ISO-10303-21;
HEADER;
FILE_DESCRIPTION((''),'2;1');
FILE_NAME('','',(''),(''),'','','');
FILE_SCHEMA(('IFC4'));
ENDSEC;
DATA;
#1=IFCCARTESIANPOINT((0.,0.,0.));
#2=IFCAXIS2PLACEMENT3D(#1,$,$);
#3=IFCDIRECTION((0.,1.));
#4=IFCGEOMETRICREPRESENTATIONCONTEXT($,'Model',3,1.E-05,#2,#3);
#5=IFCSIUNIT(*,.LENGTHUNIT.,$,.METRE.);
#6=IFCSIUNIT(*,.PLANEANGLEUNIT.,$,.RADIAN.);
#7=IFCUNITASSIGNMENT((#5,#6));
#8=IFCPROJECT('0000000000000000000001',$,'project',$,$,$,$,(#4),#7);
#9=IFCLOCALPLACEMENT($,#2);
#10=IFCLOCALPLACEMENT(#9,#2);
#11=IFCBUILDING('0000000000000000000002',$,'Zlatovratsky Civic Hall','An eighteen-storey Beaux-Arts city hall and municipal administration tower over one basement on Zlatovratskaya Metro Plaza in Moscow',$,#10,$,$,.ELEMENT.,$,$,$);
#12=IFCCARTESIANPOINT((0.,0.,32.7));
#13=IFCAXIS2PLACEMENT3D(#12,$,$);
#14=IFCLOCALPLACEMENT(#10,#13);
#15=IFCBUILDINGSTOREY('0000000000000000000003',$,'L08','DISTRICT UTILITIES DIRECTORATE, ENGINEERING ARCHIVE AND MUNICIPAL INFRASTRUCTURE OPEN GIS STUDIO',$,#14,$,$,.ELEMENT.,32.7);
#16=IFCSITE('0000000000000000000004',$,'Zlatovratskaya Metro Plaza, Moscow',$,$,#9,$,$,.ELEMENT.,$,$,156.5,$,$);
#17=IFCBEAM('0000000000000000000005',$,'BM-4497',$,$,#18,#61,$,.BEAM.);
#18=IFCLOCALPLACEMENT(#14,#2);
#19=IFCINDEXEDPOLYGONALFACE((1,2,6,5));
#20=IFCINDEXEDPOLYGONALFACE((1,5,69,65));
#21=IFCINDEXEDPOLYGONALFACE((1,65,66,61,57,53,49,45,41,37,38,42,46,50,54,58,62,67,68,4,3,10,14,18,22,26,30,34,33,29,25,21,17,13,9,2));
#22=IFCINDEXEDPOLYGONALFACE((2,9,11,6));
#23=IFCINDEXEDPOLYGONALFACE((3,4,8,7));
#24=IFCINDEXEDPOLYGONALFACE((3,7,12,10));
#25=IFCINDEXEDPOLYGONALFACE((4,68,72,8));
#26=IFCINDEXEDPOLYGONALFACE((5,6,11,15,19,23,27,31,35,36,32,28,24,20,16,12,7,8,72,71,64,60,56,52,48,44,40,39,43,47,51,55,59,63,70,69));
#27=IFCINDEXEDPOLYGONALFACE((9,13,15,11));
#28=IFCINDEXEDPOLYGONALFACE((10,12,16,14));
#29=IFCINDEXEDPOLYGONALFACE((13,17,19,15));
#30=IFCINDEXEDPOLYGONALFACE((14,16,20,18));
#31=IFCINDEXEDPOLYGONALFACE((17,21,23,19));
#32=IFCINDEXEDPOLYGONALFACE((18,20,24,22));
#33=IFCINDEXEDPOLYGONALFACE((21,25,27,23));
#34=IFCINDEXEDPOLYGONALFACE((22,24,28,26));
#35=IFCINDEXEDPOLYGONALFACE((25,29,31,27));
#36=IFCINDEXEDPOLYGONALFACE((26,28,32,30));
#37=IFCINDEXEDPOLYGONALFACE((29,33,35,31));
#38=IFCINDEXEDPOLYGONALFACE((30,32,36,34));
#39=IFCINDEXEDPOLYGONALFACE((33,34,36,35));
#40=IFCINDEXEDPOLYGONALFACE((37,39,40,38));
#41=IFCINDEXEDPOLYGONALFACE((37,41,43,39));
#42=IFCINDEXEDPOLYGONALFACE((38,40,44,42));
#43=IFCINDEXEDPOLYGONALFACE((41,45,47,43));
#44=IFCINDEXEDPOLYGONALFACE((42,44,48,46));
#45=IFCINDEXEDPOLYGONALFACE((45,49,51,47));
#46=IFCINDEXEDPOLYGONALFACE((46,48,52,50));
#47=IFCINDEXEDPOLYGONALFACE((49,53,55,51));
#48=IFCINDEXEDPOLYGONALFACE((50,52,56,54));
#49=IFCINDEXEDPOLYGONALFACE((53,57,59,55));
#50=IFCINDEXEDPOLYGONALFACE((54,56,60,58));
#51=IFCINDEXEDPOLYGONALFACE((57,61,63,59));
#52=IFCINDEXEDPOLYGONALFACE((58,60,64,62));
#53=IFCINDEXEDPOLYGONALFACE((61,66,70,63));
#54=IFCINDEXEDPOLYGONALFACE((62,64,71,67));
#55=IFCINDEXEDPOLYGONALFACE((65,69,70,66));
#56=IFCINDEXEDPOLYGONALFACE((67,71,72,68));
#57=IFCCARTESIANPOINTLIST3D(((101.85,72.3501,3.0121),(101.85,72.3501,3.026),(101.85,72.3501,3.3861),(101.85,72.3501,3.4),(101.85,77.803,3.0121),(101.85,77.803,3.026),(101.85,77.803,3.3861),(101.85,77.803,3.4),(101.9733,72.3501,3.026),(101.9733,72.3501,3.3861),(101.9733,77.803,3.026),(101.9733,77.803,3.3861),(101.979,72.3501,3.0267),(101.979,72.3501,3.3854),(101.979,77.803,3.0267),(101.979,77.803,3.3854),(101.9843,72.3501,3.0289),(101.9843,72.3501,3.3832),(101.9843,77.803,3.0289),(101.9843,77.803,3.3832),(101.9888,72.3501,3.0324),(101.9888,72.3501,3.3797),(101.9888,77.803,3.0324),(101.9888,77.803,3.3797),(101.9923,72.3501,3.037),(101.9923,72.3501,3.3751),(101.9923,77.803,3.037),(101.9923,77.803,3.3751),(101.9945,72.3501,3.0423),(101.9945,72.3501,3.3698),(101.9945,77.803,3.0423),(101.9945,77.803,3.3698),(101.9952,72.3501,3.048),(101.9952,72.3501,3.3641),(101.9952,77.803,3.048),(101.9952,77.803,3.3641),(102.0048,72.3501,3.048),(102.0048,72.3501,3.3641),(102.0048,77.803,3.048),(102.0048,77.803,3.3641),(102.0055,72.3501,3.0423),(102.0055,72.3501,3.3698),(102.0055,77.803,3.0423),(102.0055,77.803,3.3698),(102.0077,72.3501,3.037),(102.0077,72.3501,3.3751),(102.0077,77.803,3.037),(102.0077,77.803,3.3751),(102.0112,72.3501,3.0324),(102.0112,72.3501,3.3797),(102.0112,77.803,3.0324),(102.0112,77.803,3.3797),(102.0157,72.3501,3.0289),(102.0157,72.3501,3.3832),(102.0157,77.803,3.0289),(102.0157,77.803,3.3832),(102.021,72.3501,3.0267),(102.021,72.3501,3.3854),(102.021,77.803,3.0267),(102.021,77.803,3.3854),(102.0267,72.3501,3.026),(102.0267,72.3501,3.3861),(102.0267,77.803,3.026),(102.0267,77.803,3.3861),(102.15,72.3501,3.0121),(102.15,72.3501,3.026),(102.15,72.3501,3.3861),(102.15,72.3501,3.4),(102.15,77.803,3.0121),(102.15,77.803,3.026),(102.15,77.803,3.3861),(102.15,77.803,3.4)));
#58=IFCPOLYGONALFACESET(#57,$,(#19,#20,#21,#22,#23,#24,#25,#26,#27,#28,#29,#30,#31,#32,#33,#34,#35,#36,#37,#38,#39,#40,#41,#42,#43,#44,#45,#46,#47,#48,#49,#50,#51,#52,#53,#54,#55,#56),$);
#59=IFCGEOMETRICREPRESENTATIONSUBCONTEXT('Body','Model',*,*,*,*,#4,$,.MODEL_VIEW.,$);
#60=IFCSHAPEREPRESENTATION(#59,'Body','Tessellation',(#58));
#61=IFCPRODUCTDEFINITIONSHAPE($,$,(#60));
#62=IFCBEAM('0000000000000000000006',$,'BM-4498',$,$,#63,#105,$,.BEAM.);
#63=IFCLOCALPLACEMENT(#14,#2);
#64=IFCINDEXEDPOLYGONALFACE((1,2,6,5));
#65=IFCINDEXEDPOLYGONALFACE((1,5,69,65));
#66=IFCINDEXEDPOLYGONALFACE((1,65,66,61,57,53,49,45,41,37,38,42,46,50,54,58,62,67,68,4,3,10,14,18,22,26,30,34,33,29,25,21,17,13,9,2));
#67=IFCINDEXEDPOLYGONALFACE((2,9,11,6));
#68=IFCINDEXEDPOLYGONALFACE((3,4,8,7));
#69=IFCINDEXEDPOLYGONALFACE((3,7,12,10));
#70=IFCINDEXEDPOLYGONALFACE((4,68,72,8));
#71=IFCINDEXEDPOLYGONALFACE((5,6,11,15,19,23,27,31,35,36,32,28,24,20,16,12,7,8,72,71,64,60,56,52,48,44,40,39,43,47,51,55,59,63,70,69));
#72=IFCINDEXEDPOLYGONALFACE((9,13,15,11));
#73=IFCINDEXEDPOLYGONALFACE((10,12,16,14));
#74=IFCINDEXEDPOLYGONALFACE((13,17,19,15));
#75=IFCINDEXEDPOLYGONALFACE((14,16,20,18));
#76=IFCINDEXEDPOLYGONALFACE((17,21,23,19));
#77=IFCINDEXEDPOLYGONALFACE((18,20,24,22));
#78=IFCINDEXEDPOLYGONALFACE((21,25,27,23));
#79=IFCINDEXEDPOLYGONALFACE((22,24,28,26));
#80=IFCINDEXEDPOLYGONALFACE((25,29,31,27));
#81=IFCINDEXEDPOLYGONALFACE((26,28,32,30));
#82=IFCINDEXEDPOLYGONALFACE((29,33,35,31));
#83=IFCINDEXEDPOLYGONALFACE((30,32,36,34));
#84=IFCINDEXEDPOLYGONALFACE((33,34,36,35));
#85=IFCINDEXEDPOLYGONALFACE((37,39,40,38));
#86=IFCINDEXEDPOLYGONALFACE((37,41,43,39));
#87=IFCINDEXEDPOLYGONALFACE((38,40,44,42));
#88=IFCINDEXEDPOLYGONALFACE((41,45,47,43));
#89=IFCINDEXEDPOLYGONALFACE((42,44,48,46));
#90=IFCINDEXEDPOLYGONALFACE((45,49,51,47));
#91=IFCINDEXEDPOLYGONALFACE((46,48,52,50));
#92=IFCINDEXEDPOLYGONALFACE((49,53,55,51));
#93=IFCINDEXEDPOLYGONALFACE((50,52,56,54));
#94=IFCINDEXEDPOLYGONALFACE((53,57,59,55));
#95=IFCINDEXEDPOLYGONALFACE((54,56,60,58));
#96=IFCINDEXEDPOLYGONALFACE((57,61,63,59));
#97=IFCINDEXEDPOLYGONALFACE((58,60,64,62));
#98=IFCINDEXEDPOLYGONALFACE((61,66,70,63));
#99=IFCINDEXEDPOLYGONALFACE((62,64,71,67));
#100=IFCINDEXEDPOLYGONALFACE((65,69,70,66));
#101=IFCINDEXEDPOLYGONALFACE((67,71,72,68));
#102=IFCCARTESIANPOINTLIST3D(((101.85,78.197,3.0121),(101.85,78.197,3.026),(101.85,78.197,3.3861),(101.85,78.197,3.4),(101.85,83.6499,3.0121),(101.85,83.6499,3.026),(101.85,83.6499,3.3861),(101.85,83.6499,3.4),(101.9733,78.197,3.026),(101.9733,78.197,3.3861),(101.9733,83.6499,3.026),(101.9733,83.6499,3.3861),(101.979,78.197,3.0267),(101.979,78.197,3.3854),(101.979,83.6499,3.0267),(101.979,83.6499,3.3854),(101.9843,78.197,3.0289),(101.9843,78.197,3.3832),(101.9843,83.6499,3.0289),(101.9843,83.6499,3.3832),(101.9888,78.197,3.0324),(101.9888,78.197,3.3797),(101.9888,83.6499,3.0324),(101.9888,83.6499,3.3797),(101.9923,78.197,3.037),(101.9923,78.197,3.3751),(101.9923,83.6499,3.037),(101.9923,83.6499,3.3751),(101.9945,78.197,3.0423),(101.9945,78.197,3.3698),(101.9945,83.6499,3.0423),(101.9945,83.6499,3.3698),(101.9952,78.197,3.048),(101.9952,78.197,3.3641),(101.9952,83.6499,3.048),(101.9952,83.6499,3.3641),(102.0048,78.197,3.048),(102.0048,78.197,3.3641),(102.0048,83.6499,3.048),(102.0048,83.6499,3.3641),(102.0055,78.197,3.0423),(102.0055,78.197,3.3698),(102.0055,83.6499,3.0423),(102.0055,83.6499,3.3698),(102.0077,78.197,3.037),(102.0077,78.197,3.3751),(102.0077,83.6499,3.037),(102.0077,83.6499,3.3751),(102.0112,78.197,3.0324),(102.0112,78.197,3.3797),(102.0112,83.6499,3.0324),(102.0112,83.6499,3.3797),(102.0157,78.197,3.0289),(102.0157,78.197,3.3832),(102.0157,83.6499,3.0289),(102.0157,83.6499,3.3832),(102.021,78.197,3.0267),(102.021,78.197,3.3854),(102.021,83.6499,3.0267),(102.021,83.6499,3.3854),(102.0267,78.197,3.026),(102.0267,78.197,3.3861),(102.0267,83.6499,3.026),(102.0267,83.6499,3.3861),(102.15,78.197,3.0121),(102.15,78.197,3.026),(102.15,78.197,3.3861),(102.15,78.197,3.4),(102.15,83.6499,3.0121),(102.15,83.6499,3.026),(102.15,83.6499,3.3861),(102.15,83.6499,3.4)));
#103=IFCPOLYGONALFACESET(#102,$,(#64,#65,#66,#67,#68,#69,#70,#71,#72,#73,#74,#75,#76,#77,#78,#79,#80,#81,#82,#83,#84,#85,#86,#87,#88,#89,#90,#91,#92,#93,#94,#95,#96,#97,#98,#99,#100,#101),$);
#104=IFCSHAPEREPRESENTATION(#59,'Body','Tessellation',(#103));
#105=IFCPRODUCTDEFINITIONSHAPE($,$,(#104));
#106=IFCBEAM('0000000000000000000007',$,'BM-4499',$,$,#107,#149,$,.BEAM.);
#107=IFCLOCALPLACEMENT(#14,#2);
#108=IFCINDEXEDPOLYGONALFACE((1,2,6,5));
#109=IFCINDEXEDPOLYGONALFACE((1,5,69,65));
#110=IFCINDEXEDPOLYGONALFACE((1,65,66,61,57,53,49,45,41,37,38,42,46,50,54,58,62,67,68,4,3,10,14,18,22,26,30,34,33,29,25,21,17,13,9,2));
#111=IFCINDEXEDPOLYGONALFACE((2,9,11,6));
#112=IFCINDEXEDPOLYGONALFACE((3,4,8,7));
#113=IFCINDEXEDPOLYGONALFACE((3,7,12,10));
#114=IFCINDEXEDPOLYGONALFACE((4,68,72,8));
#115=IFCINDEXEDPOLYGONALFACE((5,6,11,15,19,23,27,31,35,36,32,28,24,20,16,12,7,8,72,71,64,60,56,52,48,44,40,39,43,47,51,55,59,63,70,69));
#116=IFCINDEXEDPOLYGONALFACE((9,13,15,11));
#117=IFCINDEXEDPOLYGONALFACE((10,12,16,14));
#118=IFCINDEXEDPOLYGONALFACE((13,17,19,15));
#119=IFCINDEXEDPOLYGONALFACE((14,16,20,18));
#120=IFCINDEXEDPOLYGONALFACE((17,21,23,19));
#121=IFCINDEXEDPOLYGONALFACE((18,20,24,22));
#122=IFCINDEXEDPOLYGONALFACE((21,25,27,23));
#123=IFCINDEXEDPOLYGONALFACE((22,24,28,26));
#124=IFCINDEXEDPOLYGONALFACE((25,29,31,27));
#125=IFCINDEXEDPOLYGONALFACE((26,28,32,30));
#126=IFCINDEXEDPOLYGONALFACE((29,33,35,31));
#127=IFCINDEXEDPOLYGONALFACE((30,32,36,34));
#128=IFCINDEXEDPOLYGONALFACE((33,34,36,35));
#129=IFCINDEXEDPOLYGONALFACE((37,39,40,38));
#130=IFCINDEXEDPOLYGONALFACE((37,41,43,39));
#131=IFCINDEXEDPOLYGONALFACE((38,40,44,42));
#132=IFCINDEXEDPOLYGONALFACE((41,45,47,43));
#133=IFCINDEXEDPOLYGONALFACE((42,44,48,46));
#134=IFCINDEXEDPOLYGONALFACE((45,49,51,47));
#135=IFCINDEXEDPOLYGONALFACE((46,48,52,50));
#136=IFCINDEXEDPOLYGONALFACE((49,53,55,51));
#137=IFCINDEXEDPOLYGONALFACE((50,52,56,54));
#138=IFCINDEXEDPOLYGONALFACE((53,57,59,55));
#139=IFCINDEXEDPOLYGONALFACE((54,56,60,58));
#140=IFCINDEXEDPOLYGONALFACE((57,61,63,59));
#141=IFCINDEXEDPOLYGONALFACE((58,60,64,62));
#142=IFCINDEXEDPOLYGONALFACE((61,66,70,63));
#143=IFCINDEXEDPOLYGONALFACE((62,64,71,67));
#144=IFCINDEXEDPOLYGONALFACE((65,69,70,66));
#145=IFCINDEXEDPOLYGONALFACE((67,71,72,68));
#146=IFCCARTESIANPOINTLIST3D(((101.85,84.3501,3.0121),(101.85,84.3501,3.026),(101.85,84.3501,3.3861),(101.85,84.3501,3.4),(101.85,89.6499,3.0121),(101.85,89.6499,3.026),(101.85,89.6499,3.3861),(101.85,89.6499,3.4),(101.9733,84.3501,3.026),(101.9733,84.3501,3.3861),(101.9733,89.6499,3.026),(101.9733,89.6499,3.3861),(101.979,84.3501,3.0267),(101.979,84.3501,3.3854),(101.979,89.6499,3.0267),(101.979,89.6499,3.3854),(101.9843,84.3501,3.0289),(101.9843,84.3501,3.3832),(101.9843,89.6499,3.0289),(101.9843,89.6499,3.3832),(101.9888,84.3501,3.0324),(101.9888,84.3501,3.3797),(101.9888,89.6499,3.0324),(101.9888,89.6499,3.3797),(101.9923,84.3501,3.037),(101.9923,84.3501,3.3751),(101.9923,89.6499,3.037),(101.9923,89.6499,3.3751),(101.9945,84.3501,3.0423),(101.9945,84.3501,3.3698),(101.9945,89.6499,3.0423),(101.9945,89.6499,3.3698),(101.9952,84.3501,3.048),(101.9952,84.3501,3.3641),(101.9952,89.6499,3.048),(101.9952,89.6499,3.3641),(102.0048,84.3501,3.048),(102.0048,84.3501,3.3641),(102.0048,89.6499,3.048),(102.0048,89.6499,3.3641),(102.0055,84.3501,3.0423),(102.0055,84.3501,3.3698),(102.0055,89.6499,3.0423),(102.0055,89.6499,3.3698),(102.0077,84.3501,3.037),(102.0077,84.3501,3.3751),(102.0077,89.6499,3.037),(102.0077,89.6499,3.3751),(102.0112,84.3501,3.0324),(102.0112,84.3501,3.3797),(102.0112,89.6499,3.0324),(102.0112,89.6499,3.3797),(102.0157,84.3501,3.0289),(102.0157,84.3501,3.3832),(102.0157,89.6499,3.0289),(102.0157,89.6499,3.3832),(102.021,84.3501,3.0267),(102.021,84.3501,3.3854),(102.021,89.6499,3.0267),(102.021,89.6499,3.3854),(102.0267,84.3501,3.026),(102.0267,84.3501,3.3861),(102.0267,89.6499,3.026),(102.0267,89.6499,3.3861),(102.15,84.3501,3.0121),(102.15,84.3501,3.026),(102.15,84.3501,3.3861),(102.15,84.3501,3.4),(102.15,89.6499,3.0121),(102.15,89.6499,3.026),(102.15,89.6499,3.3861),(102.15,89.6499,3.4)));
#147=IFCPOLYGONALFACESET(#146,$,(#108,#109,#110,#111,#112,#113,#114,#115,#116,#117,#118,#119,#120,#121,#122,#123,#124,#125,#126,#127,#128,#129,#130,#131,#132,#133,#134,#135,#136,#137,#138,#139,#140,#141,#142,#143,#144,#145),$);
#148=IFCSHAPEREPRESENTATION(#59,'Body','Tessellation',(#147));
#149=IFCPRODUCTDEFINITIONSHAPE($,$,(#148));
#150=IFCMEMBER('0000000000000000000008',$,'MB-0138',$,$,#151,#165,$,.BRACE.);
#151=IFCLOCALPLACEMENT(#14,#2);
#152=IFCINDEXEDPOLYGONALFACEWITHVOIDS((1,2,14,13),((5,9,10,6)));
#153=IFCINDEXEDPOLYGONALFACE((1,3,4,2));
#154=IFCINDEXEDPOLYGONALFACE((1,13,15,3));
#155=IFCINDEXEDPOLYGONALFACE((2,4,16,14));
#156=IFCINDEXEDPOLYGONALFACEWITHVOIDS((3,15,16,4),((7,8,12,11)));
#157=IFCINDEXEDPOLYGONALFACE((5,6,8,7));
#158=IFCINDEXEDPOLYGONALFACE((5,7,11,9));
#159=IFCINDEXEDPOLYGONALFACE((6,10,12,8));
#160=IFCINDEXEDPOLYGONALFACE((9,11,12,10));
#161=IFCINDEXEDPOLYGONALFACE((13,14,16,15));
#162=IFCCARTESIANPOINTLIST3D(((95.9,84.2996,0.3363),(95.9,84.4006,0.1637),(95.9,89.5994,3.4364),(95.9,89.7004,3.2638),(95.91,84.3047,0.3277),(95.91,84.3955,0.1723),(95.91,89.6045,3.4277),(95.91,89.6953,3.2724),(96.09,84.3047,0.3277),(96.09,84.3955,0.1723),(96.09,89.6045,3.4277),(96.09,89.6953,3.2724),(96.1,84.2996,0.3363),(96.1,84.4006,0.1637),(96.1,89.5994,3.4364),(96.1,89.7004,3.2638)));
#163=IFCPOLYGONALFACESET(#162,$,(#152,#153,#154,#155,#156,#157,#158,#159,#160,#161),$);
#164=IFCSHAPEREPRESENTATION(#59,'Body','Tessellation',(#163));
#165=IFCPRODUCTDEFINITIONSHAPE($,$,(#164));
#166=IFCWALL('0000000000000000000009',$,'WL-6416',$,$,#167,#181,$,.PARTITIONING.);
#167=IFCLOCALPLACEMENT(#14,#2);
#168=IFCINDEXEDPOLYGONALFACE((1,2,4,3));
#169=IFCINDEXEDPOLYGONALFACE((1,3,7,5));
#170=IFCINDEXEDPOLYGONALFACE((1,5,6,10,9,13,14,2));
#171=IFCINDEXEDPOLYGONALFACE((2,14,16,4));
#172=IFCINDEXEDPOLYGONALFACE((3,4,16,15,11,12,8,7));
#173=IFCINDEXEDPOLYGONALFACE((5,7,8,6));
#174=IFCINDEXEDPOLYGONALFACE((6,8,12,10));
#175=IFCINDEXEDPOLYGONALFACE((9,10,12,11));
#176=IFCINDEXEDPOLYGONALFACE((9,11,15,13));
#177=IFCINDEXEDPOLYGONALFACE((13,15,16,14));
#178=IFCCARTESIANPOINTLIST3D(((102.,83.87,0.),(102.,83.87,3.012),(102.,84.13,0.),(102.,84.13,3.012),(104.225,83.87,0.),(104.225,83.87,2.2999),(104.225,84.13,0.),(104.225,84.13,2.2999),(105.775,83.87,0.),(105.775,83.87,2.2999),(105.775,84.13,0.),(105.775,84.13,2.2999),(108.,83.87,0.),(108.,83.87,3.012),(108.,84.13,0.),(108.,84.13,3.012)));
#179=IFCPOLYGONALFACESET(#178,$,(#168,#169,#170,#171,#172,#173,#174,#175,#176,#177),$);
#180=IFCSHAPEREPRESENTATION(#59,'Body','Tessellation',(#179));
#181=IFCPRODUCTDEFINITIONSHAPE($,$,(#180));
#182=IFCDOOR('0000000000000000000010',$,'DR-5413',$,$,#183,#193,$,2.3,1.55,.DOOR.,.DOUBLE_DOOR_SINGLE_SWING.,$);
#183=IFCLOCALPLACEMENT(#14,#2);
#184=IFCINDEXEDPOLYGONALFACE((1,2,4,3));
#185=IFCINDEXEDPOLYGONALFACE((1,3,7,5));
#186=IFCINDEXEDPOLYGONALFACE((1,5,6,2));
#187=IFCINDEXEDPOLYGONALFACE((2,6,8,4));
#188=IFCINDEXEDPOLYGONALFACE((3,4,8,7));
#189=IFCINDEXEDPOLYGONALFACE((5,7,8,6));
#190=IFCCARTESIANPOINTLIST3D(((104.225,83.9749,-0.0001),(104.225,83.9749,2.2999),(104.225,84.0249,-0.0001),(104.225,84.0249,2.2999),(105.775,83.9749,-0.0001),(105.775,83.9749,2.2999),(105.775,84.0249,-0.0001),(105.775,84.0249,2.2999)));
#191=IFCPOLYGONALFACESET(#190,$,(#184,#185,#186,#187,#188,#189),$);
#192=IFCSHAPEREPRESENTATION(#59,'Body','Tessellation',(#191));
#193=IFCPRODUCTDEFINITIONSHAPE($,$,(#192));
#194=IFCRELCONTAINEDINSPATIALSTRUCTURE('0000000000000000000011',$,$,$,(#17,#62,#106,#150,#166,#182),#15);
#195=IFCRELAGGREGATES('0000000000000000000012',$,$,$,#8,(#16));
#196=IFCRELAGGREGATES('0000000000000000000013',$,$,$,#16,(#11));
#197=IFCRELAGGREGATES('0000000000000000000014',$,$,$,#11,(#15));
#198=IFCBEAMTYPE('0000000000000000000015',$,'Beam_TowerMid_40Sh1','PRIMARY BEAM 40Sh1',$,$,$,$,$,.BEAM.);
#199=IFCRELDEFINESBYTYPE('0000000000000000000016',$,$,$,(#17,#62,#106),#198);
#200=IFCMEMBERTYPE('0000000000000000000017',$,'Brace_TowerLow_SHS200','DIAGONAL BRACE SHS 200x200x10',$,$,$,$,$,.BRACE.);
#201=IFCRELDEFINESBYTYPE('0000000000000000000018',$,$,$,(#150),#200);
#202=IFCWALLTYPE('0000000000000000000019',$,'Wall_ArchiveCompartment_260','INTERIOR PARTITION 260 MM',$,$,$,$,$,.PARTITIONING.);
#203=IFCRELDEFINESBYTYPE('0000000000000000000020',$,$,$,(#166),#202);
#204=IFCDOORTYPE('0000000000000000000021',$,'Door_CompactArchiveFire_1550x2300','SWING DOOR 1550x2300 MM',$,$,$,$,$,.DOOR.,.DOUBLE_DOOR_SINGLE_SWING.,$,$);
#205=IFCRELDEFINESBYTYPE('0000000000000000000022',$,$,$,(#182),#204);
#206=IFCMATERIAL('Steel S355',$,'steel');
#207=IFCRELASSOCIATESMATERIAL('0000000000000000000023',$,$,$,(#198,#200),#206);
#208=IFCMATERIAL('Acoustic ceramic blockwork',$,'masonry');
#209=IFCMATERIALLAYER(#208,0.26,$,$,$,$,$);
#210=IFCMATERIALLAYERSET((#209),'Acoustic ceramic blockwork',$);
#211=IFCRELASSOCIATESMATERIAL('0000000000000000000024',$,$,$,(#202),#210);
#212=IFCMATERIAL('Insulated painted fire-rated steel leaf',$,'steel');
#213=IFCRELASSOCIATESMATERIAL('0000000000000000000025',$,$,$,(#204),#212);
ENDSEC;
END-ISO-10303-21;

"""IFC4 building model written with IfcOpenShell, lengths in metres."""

from ifc_helpers import new_model, si_unit, direction, frame, frame_2d, origin, origin_2d, place, context, subcontext, project, spatial, rectangle, hollow_rectangle, i_section, extrude, material, layer, layer_set, material_profile, profile_set, type_object, element, fill, save


model = new_model("IFC4")

# Units and contexts
model_context = context("Model", 3, precision=1e-05, world=origin(), true_north=direction((0.0, 1.0)))
body_context = subcontext(model_context, "Body", "Model", "MODEL_VIEW")
ifc_project = project(units=[si_unit("LENGTHUNIT", "METRE"), si_unit("PLANEANGLEUNIT", "RADIAN")], contexts=[model_context])

# Site, building, storey
site_placement = place(None, origin())
site = spatial("IfcSite", under=ifc_project, at=site_placement, Name="Zlatovratskaya Metro Plaza, Moscow", CompositionType="ELEMENT", RefElevation=156.5)
building_placement = place(site_placement, origin())
building = spatial("IfcBuilding", under=site, at=building_placement, Name="Zlatovratsky Civic Hall", Description="An eighteen-storey Beaux-Arts city hall and municipal administration tower over one basement on Zlatovratskaya Metro Plaza in Moscow", CompositionType="ELEMENT")
storey_placement = place(building_placement, frame((0.0, 0.0, 32.7)))
storey = spatial("IfcBuildingStorey", under=building, at=storey_placement, Name="L08", Description="DISTRICT UTILITIES DIRECTORATE, ENGINEERING ARCHIVE AND MUNICIPAL INFRASTRUCTURE OPEN GIS STUDIO", CompositionType="ELEMENT", Elevation=32.7)

# Shared definitions
ifc_material_1 = material(Name="Steel S355", Category="steel")

# Beams
ifc_material_profile_1 = material_profile(ifc_material_1, i_section(OverallWidth=0.3, OverallDepth=0.3879, WebThickness=0.0095, FlangeThickness=0.0139, FilletRadius=0.022, at=origin_2d()), Name="40Sh1")
ifc_profile_set_1 = profile_set([ifc_material_profile_1], Name="Steel S355")
beam_type_1 = type_object("IfcBeamType", Name="Beam_TowerMid_40Sh1", Description="PRIMARY BEAM 40Sh1", PredefinedType="BEAM", material=ifc_profile_set_1)
for number, where, z_axis, x_axis, name in (
    (1, (102.0, 72.3501, 3.2061), (0.0, 1.0, 0.0), (-1.0, 0.0, 0.0), "BM-4497"),
    (2, (102.0, 78.197, 3.2061), (0.0, 1.0, 0.0), (-1.0, 0.0, 0.0), "BM-4498"),
):
    element("IfcBeam", number, at=place(storey_placement, frame(where, z_axis=z_axis, x_axis=x_axis)), inside=storey, type_object=beam_type_1, Name=name, PredefinedType="BEAM", context=body_context, shape_type="SweptSolid", body=[
        extrude(i_section(OverallWidth=0.3, OverallDepth=0.3879, WebThickness=0.0095, FlangeThickness=0.0139, FilletRadius=0.022, at=origin_2d()), origin(), (0.0, 0.0, 1.0), 5.4529),
    ])
beam_placement = place(storey_placement, frame((102.0, 84.3501, 3.2061), z_axis=(0.0, 1.0, 0.0), x_axis=(-1.0, 0.0, 0.0)))
element("IfcBeam", 3, at=beam_placement, inside=storey, type_object=beam_type_1, Name="BM-4499", PredefinedType="BEAM", context=body_context, shape_type="SweptSolid", body=[
    extrude(i_section(OverallWidth=0.3, OverallDepth=0.3879, WebThickness=0.0095, FlangeThickness=0.0139, FilletRadius=0.022, at=origin_2d()), origin(), (0.0, 0.0, 1.0), 5.2998),
])

# Member
ifc_material_profile_2 = material_profile(ifc_material_1, hollow_rectangle(XDim=0.2, YDim=0.2, WallThickness=0.01, at=origin_2d()), Name="SHS 200x200x10")
ifc_profile_set_2 = profile_set([ifc_material_profile_2], Name="Steel S355")
member_type = type_object("IfcMemberType", Name="Brace_TowerLow_SHS200", Description="DIAGONAL BRACE SHS 200x200x10", PredefinedType="BRACE", material=ifc_profile_set_2)
member_placement = place(storey_placement, frame((96.0, 84.3501, 0.25), z_axis=(0.0, 0.863173, 0.504909), x_axis=(-1.0, 0.0, 0.0)))
element("IfcMember", 4, at=member_placement, inside=storey, type_object=member_type, Name="MB-0138", PredefinedType="BRACE", context=body_context, shape_type="SweptSolid", body=[
    extrude(hollow_rectangle(XDim=0.2, YDim=0.2, WallThickness=0.01, at=origin_2d()), origin(), (0.0, 0.0, 1.0), 6.1399),
])

# Wall, opening, door
ifc_material_2 = material(Name="Acoustic ceramic blockwork", Category="masonry")
ifc_layer_1 = layer(ifc_material_2, 0.26)
ifc_layer_set_1 = layer_set([ifc_layer_1], Name="Acoustic ceramic blockwork")
wall_type_1 = type_object("IfcWallType", Name="Wall_ArchiveCompartment_260", Description="INTERIOR PARTITION 260 MM", PredefinedType="PARTITIONING", material=ifc_layer_set_1)
wall_1_placement = place(storey_placement, frame((102.0, 84.0, 0.0), z_axis=(0.0, 0.0, 1.0), x_axis=(1.0, 0.0, 0.0)))
wall_1 = element("IfcWall", 5, at=wall_1_placement, inside=storey, type_object=wall_type_1, Name="WL-6416", PredefinedType="PARTITIONING", context=body_context, shape_type="SweptSolid", body=[
    extrude(rectangle(XDim=6.0, YDim=0.26, at=frame_2d((3.0, 0.0))), origin(), (0.0, 0.0, 1.0), 3.012),
])
opening_1_placement = place(wall_1_placement, frame((2.2251, 0.0, 0.0)))
opening_1 = element("IfcOpeningElement", 6, at=opening_1_placement, cuts=wall_1, PredefinedType="OPENING", context=body_context, shape_type="SweptSolid", body=[
    extrude(rectangle(XDim=1.55, YDim=2.3, at=frame_2d((0.7749, 1.1499))), frame((0.0, 0.145, 0.0), z_axis=(0.0, -1.0, 0.0), x_axis=(1.0, 0.0, 0.0)), (0.0, 0.0, 1.0), 0.2898),
])
ifc_material_3 = material(Name="Insulated painted fire-rated steel leaf", Category="steel")
door_type_1 = type_object("IfcDoorType", Name="Door_CompactArchiveFire_1550x2300", Description="SWING DOOR 1550x2300 MM", OperationType="DOUBLE_DOOR_SINGLE_SWING", PredefinedType="DOOR", material=ifc_material_3)
door_1_placement = place(opening_1_placement, origin())
door_1 = element("IfcDoor", 7, at=door_1_placement, inside=storey, type_object=door_type_1, Name="DR-5413", OperationType="DOUBLE_DOOR_SINGLE_SWING", OverallHeight=2.3, OverallWidth=1.55, PredefinedType="DOOR", context=body_context, shape_type="SweptSolid", body=[
    extrude(rectangle(XDim=1.55, YDim=2.3, at=frame_2d((0.7749, 1.1499))), frame((0.0, 0.0249, 0.0), z_axis=(0.0, -1.0, 0.0), x_axis=(1.0, 0.0, 0.0)), (0.0, 0.0, 1.0), 0.05),
])
fill(opening_1, door_1)

save(model, "model.ifc")
